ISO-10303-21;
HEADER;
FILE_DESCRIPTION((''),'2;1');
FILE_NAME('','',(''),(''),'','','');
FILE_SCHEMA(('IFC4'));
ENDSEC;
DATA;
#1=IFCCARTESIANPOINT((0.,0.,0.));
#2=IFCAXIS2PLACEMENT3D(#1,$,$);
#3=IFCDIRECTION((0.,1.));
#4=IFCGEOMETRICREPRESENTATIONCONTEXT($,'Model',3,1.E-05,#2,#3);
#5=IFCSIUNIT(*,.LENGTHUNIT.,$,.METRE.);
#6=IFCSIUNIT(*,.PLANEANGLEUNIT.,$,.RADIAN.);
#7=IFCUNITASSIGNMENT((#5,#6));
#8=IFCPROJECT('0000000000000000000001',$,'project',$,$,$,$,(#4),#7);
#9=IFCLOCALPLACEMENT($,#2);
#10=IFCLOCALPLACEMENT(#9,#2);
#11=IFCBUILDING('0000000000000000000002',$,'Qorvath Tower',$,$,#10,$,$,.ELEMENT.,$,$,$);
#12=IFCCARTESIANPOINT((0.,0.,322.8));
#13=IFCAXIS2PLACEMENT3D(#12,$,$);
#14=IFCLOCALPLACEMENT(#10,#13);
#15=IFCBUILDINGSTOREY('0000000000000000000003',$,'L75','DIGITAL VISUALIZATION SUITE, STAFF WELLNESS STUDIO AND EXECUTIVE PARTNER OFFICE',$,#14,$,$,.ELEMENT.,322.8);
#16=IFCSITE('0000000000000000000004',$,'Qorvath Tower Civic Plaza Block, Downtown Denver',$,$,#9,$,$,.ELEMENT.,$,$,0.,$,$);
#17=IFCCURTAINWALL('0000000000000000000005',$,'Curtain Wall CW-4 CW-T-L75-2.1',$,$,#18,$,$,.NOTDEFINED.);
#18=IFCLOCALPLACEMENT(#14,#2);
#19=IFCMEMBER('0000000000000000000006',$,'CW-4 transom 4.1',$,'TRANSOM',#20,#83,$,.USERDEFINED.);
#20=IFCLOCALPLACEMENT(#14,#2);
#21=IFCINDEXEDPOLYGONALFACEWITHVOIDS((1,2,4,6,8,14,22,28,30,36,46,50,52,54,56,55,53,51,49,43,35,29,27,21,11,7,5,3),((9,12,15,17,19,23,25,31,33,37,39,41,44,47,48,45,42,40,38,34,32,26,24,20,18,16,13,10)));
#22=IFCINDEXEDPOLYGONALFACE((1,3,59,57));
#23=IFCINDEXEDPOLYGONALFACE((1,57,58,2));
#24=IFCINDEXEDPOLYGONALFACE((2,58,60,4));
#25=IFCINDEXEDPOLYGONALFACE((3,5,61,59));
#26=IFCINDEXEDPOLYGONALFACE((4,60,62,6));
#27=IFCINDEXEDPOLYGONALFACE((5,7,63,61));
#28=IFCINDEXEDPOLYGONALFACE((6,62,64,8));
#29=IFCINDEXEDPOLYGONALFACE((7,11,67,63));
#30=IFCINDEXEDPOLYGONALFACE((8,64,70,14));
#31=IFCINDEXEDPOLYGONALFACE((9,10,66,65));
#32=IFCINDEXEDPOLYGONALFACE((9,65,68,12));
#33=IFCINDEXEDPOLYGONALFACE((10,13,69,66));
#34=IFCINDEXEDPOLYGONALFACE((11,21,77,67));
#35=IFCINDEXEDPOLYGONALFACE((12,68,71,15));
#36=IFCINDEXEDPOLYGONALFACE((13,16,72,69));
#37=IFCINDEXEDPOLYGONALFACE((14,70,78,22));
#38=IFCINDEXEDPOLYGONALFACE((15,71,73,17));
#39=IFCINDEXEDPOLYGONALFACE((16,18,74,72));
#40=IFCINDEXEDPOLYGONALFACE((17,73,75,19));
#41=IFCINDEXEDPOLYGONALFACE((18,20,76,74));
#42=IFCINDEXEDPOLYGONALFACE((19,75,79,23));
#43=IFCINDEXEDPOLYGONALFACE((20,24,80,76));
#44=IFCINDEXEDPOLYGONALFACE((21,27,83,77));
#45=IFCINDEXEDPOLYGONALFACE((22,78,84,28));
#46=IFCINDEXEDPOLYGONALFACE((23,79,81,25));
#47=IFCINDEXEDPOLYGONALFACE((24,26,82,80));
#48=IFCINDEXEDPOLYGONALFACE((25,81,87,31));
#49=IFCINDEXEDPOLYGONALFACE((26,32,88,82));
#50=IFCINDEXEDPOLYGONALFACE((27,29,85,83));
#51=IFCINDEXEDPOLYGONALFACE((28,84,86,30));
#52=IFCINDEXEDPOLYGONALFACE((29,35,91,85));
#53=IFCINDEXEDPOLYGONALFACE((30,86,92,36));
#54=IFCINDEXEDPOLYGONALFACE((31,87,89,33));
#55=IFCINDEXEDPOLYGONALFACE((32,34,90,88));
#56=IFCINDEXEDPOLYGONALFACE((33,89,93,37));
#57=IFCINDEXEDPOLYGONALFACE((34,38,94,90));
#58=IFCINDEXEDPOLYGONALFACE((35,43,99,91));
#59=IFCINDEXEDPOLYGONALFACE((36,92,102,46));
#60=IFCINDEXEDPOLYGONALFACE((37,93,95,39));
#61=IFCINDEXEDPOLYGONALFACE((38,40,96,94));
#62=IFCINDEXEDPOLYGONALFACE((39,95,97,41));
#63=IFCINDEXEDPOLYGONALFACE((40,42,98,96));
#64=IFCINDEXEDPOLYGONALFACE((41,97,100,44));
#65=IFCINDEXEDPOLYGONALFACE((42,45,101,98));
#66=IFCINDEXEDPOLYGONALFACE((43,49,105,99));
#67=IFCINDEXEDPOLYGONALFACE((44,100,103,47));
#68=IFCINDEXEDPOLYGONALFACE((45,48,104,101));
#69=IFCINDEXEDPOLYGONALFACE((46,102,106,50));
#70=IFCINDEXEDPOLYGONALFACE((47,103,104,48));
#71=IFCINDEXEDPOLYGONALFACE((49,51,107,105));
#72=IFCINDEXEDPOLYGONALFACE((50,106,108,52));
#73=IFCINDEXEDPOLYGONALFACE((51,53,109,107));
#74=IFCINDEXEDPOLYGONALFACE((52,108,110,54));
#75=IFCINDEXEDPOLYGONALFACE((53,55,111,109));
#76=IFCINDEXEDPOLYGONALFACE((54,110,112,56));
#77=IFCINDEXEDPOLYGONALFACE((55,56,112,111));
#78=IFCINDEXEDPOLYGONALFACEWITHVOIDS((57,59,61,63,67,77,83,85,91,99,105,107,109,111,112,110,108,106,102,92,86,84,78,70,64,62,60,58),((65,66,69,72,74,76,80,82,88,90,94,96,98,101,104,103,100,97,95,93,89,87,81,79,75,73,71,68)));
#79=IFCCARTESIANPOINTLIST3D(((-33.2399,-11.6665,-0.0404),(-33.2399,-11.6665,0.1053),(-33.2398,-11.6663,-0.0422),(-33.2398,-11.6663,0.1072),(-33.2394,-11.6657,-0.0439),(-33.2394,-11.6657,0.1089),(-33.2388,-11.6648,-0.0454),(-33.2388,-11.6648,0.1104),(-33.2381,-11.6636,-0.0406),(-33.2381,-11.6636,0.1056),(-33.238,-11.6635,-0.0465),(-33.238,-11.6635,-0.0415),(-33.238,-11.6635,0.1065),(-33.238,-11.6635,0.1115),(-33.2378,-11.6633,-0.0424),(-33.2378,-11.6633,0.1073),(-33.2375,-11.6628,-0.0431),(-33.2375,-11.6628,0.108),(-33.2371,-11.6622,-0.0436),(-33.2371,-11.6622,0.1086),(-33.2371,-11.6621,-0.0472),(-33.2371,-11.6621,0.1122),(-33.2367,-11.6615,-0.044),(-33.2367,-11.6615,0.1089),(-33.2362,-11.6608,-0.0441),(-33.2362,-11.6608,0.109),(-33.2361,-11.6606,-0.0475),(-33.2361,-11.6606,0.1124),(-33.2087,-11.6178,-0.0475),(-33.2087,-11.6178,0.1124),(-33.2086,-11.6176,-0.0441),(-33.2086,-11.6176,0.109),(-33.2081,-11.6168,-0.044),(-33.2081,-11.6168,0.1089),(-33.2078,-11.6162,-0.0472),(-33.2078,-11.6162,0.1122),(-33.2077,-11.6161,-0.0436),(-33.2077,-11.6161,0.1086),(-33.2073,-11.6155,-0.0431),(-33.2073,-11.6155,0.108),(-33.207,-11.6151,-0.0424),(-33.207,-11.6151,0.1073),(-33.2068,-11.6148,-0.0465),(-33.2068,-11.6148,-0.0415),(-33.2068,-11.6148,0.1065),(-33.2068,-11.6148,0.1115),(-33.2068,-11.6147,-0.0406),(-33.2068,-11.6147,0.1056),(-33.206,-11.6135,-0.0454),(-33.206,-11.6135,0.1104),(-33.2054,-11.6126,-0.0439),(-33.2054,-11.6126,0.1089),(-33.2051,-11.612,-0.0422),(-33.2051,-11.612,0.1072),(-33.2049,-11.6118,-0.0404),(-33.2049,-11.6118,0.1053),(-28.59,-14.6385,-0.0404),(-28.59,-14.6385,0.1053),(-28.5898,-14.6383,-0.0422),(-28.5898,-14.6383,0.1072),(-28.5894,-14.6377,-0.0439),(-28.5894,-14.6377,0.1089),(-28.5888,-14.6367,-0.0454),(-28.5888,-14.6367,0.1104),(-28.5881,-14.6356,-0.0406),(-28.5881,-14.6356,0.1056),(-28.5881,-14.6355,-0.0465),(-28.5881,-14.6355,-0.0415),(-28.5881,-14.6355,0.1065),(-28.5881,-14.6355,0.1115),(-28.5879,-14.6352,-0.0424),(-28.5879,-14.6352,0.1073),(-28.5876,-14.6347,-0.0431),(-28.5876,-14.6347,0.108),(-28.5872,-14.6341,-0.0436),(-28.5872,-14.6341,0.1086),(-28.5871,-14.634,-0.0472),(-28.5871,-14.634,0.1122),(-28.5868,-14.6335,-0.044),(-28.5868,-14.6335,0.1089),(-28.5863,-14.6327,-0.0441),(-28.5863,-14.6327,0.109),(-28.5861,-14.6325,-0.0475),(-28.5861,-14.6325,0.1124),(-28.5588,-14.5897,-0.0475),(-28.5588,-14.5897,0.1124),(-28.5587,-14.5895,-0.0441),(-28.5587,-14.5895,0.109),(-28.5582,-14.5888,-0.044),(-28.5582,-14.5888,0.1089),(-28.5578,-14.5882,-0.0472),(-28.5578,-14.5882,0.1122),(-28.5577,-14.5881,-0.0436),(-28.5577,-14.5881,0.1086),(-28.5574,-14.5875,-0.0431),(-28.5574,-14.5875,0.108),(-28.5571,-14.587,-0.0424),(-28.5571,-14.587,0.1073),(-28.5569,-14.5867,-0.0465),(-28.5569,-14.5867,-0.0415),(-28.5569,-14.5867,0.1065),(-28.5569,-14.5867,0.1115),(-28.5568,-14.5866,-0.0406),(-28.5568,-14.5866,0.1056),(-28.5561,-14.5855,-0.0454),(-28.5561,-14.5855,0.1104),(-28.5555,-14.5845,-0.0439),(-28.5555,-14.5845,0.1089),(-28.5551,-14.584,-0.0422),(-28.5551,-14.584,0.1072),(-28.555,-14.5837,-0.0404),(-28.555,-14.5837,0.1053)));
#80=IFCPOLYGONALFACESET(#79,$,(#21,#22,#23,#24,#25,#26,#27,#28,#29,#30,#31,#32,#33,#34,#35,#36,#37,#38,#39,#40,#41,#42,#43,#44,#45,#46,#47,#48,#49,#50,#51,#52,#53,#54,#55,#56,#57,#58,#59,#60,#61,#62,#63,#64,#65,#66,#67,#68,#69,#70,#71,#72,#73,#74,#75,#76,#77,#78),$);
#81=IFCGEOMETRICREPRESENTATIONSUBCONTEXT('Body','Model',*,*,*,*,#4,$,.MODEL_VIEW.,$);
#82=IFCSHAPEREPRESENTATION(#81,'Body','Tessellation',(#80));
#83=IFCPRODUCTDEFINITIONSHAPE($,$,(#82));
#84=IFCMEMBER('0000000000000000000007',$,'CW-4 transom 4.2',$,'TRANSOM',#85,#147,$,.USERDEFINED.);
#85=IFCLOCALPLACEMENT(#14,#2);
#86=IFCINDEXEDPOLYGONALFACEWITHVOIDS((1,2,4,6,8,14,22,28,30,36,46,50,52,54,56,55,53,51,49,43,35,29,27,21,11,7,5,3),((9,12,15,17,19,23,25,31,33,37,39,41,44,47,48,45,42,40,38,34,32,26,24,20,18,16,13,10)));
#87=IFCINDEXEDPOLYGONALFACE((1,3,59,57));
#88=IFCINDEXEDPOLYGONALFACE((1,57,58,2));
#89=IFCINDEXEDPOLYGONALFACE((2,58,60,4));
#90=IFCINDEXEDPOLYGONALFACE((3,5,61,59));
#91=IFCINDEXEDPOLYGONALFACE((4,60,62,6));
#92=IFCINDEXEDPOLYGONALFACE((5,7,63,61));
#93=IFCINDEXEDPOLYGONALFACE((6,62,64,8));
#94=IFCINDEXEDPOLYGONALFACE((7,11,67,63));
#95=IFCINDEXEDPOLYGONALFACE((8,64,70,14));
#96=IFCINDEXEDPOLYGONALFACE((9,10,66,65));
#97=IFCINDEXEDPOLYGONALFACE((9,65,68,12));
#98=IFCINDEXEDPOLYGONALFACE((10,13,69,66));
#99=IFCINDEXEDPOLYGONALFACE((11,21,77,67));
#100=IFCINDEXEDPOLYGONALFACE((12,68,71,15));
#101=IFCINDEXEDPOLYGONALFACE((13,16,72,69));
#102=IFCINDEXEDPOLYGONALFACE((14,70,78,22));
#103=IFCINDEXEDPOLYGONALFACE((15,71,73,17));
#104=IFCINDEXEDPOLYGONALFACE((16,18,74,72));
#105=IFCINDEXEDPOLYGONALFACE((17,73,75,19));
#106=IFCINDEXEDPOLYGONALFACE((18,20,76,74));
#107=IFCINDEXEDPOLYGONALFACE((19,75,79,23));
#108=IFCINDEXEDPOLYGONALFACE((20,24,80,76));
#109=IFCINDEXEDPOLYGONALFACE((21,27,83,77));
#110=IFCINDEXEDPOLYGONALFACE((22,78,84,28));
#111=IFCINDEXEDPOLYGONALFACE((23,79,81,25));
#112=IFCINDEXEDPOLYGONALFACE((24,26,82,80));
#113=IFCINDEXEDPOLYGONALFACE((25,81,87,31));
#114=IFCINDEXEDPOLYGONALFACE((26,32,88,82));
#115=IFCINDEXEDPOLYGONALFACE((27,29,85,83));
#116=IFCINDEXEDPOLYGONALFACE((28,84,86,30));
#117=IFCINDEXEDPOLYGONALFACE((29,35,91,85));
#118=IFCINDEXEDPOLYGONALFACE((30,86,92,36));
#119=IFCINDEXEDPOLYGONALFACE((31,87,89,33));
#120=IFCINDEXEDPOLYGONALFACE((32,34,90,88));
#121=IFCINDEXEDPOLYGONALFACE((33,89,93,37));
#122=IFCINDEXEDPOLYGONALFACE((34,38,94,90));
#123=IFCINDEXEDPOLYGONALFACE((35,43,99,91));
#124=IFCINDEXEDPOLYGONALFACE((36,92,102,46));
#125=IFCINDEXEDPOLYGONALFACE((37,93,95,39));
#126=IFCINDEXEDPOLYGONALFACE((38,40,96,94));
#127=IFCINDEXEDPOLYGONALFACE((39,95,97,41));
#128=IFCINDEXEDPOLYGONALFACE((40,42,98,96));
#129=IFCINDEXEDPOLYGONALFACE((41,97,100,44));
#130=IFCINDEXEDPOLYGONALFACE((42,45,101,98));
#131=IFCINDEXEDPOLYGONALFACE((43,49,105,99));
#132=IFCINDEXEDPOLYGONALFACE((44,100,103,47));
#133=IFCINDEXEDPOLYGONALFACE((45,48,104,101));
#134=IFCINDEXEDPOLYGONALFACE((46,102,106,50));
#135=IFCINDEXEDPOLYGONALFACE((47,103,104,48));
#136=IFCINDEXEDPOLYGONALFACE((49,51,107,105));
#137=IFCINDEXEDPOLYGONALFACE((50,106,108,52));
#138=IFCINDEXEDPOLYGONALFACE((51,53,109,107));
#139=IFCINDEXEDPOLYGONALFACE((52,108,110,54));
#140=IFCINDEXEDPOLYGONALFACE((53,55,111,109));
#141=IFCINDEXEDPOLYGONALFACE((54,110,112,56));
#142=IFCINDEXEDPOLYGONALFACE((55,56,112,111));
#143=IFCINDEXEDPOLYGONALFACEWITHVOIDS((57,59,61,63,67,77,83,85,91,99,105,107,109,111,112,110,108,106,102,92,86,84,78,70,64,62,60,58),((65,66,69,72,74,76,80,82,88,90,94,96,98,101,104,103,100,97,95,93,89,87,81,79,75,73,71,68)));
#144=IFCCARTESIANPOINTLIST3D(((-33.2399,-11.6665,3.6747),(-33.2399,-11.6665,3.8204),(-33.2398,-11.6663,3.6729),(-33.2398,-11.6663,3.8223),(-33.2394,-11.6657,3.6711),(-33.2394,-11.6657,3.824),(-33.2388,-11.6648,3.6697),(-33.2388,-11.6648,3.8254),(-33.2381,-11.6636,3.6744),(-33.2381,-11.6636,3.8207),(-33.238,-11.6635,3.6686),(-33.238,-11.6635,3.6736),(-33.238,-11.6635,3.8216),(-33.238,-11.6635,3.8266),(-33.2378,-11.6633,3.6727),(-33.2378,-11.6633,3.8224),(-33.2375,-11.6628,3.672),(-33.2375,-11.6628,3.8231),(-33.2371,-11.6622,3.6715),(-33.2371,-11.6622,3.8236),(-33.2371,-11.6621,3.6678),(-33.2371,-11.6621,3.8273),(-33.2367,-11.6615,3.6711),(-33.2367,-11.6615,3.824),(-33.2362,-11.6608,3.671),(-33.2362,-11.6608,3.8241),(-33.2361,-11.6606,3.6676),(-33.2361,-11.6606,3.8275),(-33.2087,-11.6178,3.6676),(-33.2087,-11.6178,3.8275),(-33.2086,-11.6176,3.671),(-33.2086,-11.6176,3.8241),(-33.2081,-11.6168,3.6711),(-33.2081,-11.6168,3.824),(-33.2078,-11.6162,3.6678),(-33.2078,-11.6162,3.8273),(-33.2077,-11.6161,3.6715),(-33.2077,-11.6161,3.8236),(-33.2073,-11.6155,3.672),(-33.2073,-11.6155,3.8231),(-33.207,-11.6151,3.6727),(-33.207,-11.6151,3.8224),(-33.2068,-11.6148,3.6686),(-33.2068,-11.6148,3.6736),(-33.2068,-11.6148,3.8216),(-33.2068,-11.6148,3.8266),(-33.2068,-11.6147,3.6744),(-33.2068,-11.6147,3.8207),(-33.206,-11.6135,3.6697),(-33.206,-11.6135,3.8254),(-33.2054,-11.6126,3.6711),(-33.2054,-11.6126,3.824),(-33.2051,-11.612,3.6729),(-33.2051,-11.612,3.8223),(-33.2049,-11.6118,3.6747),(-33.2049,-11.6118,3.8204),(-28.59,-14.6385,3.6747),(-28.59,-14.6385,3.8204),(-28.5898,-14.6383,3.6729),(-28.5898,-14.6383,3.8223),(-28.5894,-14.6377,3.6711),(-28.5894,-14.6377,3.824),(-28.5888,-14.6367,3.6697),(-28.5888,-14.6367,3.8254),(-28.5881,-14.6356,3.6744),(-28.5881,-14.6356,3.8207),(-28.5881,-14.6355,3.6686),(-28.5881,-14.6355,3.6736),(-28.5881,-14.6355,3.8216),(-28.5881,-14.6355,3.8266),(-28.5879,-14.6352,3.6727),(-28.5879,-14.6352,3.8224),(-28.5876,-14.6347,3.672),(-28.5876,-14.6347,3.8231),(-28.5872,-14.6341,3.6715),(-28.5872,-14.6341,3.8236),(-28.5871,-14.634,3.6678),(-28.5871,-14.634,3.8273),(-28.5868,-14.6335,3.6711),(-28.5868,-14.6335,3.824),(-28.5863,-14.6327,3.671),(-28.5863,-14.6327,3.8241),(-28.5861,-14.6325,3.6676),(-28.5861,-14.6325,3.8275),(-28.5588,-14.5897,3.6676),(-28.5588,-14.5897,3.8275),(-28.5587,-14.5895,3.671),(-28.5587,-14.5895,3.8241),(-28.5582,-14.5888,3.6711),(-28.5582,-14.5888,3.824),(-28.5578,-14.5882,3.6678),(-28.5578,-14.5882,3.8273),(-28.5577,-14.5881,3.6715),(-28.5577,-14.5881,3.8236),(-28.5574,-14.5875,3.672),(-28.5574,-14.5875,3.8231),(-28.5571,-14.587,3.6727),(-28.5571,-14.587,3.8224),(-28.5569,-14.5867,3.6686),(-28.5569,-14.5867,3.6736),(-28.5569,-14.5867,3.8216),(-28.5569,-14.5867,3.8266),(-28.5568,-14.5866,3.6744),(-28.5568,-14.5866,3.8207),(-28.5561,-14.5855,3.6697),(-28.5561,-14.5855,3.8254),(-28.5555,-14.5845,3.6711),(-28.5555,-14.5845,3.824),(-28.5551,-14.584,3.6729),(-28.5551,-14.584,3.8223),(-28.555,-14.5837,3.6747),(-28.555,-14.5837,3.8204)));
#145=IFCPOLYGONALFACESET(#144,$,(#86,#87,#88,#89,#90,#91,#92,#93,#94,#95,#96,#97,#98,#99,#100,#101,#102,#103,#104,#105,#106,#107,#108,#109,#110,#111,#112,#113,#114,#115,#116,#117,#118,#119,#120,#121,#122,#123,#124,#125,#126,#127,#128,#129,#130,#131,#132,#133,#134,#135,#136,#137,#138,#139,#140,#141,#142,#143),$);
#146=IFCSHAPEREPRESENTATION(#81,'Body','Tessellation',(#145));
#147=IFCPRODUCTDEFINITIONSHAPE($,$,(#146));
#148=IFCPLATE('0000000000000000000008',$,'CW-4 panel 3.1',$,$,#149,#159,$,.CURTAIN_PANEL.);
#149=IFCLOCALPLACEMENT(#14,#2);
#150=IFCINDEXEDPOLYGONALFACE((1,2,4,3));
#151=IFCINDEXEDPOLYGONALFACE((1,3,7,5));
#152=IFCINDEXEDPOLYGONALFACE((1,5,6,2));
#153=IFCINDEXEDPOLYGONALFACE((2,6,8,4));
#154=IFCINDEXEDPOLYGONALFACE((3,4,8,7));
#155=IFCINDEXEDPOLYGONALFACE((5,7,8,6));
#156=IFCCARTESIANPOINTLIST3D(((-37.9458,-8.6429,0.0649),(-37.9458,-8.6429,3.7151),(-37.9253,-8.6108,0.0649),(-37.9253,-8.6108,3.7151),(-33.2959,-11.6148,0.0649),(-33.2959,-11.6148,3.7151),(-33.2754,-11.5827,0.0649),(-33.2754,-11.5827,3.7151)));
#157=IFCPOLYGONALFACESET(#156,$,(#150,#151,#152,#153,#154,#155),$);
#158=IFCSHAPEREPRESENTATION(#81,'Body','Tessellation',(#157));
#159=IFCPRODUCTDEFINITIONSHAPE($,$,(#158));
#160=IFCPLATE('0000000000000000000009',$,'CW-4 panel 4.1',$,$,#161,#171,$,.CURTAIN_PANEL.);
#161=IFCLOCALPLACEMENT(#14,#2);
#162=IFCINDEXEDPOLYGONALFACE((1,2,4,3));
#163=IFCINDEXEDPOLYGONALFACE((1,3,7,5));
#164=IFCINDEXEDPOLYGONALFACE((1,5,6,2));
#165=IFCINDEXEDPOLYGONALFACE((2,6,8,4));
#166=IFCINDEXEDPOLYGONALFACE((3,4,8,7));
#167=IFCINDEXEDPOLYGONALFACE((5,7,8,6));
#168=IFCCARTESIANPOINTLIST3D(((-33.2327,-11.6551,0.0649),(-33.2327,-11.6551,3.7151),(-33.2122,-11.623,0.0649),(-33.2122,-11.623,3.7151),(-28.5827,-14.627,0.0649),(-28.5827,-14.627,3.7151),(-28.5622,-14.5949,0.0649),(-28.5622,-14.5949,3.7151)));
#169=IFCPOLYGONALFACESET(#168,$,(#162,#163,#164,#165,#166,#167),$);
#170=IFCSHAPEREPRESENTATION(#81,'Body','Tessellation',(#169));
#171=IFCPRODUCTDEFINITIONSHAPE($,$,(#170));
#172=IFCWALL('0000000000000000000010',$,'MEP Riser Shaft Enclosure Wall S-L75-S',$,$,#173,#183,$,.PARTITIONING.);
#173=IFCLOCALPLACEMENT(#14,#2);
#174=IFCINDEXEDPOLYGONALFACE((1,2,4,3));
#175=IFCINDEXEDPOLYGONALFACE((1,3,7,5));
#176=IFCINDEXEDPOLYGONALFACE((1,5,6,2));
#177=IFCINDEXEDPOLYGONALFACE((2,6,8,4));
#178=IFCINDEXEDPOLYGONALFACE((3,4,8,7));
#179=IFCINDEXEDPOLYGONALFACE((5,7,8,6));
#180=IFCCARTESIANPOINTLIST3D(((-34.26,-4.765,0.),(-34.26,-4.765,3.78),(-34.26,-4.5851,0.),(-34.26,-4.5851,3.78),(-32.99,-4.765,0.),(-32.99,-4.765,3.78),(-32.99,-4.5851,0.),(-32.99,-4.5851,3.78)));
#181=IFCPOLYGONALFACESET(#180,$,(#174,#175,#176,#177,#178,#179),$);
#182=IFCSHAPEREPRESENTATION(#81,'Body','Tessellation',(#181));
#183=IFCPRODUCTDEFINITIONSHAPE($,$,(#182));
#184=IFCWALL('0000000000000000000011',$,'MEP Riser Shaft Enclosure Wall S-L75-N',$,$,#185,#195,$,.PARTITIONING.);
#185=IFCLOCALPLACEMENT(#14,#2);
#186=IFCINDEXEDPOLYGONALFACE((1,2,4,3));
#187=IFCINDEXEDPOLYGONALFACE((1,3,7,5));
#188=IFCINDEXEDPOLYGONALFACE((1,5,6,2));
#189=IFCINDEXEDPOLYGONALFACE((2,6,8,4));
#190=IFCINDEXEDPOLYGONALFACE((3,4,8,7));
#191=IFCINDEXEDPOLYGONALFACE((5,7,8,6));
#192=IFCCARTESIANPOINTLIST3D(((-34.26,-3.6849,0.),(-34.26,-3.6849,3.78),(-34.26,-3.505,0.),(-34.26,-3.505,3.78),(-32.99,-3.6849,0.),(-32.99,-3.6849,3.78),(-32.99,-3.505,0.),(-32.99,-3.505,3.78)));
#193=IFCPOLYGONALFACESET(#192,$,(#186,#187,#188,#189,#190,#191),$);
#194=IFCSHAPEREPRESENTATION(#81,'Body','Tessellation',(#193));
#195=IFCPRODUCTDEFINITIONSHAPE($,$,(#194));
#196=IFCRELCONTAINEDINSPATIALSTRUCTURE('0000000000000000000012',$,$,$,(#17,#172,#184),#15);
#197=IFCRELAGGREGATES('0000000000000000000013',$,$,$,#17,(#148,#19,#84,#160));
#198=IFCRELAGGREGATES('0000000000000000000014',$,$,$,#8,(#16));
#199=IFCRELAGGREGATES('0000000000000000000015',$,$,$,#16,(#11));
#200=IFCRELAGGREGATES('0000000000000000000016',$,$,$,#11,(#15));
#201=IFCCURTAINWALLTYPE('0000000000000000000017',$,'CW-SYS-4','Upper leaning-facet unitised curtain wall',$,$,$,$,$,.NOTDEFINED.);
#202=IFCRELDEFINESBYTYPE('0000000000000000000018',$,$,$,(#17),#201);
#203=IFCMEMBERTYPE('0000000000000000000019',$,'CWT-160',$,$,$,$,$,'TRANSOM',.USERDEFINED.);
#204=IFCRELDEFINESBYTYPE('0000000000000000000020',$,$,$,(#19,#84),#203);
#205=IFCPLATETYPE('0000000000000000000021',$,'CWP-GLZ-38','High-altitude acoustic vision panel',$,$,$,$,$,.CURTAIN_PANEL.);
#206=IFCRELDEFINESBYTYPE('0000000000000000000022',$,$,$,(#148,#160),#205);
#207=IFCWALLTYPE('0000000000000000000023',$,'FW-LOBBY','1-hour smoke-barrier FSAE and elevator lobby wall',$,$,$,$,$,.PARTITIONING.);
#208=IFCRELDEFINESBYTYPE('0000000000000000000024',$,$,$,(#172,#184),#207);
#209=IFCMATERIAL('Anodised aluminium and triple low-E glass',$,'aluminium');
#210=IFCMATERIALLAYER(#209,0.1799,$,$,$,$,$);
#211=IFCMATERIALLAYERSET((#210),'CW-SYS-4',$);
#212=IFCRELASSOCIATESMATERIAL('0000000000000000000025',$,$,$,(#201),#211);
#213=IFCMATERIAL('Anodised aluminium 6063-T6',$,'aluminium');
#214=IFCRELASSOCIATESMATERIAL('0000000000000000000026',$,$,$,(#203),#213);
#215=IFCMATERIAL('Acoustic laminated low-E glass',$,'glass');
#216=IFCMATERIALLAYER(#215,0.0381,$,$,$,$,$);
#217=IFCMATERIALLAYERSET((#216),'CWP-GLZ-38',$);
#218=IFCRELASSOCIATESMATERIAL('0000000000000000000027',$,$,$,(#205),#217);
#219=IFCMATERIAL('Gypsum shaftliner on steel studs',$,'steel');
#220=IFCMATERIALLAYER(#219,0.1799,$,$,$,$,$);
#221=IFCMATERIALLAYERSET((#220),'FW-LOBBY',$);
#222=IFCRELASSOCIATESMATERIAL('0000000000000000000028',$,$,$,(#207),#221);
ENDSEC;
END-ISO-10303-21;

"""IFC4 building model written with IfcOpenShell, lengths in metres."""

from ifc_helpers import new_model, si_unit, direction, frame, frame_2d, origin, origin_2d, place, context, subcontext, project, spatial, rectangle, hollow_rectangle, extrude, material, layer, layer_set, material_profile, profile_set, type_object, element, aggregate, save


model = new_model("IFC4")

# Units and contexts
model_context = context("Model", 3, precision=1e-05, world=origin(), true_north=direction((0.0, 1.0)))
body_context = subcontext(model_context, "Body", "Model", "MODEL_VIEW")
ifc_project = project(units=[si_unit("LENGTHUNIT", "METRE"), si_unit("PLANEANGLEUNIT", "RADIAN")], contexts=[model_context])

# Site, building, storey
site_placement = place(None, origin())
site = spatial("IfcSite", under=ifc_project, at=site_placement, Name="Qorvath Tower Civic Plaza Block, Downtown Denver", CompositionType="ELEMENT", RefElevation=0.0)
building_placement = place(site_placement, origin())
building = spatial("IfcBuilding", under=site, at=building_placement, Name="Qorvath Tower", CompositionType="ELEMENT")
storey_placement = place(building_placement, frame((0.0, 0.0, 322.8)))
storey = spatial("IfcBuildingStorey", under=building, at=storey_placement, Name="L75", Description="DIGITAL VISUALIZATION SUITE, STAFF WELLNESS STUDIO AND EXECUTIVE PARTNER OFFICE", CompositionType="ELEMENT", Elevation=322.8)

# Curtain wall, members, plates
ifc_material_1 = material(Name="Anodised aluminium and triple low-E glass", Category="aluminium")
ifc_layer_1 = layer(ifc_material_1, 0.1799)
ifc_layer_set_1 = layer_set([ifc_layer_1], Name="CW-SYS-4")
curtain_wall_type = type_object("IfcCurtainWallType", Name="CW-SYS-4", Description="Upper leaning-facet unitised curtain wall", PredefinedType="NOTDEFINED", material=ifc_layer_set_1)
curtain_wall_placement = place(storey_placement, origin())
curtain_wall = element("IfcCurtainWall", 1, at=curtain_wall_placement, inside=storey, type_object=curtain_wall_type, Name="Curtain Wall CW-4 CW-T-L75-2.1", PredefinedType="NOTDEFINED")
ifc_material_2 = material(Name="Anodised aluminium 6063-T6", Category="aluminium")
ifc_material_profile_1 = material_profile(ifc_material_2, hollow_rectangle(XDim=0.0649, YDim=0.1599, WallThickness=0.0034, InnerFilletRadius=0.0034, OuterFilletRadius=0.0071, at=origin_2d()), Name="CWT 160x65")
ifc_profile_set_1 = profile_set([ifc_material_profile_1], Name="Anodised aluminium 6063-T6")
member_type_1 = type_object("IfcMemberType", Name="CWT-160", ElementType="TRANSOM", PredefinedType="USERDEFINED", material=ifc_profile_set_1)
member_1_placement = place(storey_placement, frame((-33.2224, -11.6392, 0.0325), z_axis=(0.842601, -0.538538, 0.0), x_axis=(0.538538, 0.842601, 0.0)))
member_1 = element("IfcMember", 2, at=member_1_placement, type_object=member_type_1, Name="CW-4 transom 4.1", ObjectType="TRANSOM", PredefinedType="USERDEFINED", context=body_context, shape_type="SweptSolid", body=[
    extrude(hollow_rectangle(XDim=0.0649, YDim=0.1599, WallThickness=0.0034, InnerFilletRadius=0.0034, OuterFilletRadius=0.0071, at=origin_2d()), origin(), (0.0, 0.0, 1.0), 5.5186),
])
member_2_placement = place(storey_placement, frame((-33.2224, -11.6392, 3.7476), z_axis=(0.842601, -0.538538, 0.0), x_axis=(0.538538, 0.842601, 0.0)))
member_2 = element("IfcMember", 3, at=member_2_placement, type_object=member_type_1, Name="CW-4 transom 4.2", ObjectType="TRANSOM", PredefinedType="USERDEFINED", context=body_context, shape_type="SweptSolid", body=[
    extrude(hollow_rectangle(XDim=0.0649, YDim=0.1599, WallThickness=0.0034, InnerFilletRadius=0.0034, OuterFilletRadius=0.0071, at=origin_2d()), origin(), (0.0, 0.0, 1.0), 5.5186),
])
ifc_material_3 = material(Name="Acoustic laminated low-E glass", Category="glass")
ifc_layer_2 = layer(ifc_material_3, 0.0381)
ifc_layer_set_2 = layer_set([ifc_layer_2], Name="CWP-GLZ-38")
plate_type = type_object("IfcPlateType", Name="CWP-GLZ-38", Description="High-altitude acoustic vision panel", PredefinedType="CURTAIN_PANEL", material=ifc_layer_set_2)
plate_1_placement = place(storey_placement, frame((-35.6106, -10.1128, 0.0649), z_axis=(0.0, 0.0, 1.0), x_axis=(0.842603, -0.538536, 0.0)))
plate_1 = element("IfcPlate", 4, at=plate_1_placement, type_object=plate_type, Name="CW-4 panel 3.1", PredefinedType="CURTAIN_PANEL", context=body_context, shape_type="SweptSolid", body=[
    extrude(rectangle(XDim=5.5186, YDim=0.0381, at=origin_2d()), origin(), (0.0, 0.0, 1.0), 3.6501),
])
plate_2_placement = place(storey_placement, frame((-30.8975, -13.125, 0.0649), z_axis=(0.0, 0.0, 1.0), x_axis=(0.842603, -0.538536, 0.0)))
plate_2 = element("IfcPlate", 5, at=plate_2_placement, type_object=plate_type, Name="CW-4 panel 4.1", PredefinedType="CURTAIN_PANEL", context=body_context, shape_type="SweptSolid", body=[
    extrude(rectangle(XDim=5.5186, YDim=0.0381, at=origin_2d()), origin(), (0.0, 0.0, 1.0), 3.6501),
])
aggregate(curtain_wall, [plate_1, member_1, member_2, plate_2])

# Walls
ifc_material_4 = material(Name="Gypsum shaftliner on steel studs", Category="steel")
ifc_layer_3 = layer(ifc_material_4, 0.1799)
ifc_layer_set_3 = layer_set([ifc_layer_3], Name="FW-LOBBY")
wall_type_1 = type_object("IfcWallType", Name="FW-LOBBY", Description="1-hour smoke-barrier FSAE and elevator lobby wall", PredefinedType="PARTITIONING", material=ifc_layer_set_3)
for number, where, z_axis, x_axis, name in (
    (6, (-32.99, -4.675, 0.0), (0.0, 0.0, 1.0), (-1.0, 0.0, 0.0), "MEP Riser Shaft Enclosure Wall S-L75-S"),
    (7, (-34.26, -3.595, 0.0), (0.0, 0.0, 1.0), (1.0, 0.0, 0.0), "MEP Riser Shaft Enclosure Wall S-L75-N"),
):
    element("IfcWall", number, at=place(storey_placement, frame(where, z_axis=z_axis, x_axis=x_axis)), inside=storey, type_object=wall_type_1, Name=name, PredefinedType="PARTITIONING", context=body_context, shape_type="SweptSolid", body=[
        extrude(rectangle(XDim=1.27, YDim=0.1799, at=frame_2d((0.635, 0.0))), origin(), (0.0, 0.0, 1.0), 3.78),
    ])

save(model, "model.ifc")
